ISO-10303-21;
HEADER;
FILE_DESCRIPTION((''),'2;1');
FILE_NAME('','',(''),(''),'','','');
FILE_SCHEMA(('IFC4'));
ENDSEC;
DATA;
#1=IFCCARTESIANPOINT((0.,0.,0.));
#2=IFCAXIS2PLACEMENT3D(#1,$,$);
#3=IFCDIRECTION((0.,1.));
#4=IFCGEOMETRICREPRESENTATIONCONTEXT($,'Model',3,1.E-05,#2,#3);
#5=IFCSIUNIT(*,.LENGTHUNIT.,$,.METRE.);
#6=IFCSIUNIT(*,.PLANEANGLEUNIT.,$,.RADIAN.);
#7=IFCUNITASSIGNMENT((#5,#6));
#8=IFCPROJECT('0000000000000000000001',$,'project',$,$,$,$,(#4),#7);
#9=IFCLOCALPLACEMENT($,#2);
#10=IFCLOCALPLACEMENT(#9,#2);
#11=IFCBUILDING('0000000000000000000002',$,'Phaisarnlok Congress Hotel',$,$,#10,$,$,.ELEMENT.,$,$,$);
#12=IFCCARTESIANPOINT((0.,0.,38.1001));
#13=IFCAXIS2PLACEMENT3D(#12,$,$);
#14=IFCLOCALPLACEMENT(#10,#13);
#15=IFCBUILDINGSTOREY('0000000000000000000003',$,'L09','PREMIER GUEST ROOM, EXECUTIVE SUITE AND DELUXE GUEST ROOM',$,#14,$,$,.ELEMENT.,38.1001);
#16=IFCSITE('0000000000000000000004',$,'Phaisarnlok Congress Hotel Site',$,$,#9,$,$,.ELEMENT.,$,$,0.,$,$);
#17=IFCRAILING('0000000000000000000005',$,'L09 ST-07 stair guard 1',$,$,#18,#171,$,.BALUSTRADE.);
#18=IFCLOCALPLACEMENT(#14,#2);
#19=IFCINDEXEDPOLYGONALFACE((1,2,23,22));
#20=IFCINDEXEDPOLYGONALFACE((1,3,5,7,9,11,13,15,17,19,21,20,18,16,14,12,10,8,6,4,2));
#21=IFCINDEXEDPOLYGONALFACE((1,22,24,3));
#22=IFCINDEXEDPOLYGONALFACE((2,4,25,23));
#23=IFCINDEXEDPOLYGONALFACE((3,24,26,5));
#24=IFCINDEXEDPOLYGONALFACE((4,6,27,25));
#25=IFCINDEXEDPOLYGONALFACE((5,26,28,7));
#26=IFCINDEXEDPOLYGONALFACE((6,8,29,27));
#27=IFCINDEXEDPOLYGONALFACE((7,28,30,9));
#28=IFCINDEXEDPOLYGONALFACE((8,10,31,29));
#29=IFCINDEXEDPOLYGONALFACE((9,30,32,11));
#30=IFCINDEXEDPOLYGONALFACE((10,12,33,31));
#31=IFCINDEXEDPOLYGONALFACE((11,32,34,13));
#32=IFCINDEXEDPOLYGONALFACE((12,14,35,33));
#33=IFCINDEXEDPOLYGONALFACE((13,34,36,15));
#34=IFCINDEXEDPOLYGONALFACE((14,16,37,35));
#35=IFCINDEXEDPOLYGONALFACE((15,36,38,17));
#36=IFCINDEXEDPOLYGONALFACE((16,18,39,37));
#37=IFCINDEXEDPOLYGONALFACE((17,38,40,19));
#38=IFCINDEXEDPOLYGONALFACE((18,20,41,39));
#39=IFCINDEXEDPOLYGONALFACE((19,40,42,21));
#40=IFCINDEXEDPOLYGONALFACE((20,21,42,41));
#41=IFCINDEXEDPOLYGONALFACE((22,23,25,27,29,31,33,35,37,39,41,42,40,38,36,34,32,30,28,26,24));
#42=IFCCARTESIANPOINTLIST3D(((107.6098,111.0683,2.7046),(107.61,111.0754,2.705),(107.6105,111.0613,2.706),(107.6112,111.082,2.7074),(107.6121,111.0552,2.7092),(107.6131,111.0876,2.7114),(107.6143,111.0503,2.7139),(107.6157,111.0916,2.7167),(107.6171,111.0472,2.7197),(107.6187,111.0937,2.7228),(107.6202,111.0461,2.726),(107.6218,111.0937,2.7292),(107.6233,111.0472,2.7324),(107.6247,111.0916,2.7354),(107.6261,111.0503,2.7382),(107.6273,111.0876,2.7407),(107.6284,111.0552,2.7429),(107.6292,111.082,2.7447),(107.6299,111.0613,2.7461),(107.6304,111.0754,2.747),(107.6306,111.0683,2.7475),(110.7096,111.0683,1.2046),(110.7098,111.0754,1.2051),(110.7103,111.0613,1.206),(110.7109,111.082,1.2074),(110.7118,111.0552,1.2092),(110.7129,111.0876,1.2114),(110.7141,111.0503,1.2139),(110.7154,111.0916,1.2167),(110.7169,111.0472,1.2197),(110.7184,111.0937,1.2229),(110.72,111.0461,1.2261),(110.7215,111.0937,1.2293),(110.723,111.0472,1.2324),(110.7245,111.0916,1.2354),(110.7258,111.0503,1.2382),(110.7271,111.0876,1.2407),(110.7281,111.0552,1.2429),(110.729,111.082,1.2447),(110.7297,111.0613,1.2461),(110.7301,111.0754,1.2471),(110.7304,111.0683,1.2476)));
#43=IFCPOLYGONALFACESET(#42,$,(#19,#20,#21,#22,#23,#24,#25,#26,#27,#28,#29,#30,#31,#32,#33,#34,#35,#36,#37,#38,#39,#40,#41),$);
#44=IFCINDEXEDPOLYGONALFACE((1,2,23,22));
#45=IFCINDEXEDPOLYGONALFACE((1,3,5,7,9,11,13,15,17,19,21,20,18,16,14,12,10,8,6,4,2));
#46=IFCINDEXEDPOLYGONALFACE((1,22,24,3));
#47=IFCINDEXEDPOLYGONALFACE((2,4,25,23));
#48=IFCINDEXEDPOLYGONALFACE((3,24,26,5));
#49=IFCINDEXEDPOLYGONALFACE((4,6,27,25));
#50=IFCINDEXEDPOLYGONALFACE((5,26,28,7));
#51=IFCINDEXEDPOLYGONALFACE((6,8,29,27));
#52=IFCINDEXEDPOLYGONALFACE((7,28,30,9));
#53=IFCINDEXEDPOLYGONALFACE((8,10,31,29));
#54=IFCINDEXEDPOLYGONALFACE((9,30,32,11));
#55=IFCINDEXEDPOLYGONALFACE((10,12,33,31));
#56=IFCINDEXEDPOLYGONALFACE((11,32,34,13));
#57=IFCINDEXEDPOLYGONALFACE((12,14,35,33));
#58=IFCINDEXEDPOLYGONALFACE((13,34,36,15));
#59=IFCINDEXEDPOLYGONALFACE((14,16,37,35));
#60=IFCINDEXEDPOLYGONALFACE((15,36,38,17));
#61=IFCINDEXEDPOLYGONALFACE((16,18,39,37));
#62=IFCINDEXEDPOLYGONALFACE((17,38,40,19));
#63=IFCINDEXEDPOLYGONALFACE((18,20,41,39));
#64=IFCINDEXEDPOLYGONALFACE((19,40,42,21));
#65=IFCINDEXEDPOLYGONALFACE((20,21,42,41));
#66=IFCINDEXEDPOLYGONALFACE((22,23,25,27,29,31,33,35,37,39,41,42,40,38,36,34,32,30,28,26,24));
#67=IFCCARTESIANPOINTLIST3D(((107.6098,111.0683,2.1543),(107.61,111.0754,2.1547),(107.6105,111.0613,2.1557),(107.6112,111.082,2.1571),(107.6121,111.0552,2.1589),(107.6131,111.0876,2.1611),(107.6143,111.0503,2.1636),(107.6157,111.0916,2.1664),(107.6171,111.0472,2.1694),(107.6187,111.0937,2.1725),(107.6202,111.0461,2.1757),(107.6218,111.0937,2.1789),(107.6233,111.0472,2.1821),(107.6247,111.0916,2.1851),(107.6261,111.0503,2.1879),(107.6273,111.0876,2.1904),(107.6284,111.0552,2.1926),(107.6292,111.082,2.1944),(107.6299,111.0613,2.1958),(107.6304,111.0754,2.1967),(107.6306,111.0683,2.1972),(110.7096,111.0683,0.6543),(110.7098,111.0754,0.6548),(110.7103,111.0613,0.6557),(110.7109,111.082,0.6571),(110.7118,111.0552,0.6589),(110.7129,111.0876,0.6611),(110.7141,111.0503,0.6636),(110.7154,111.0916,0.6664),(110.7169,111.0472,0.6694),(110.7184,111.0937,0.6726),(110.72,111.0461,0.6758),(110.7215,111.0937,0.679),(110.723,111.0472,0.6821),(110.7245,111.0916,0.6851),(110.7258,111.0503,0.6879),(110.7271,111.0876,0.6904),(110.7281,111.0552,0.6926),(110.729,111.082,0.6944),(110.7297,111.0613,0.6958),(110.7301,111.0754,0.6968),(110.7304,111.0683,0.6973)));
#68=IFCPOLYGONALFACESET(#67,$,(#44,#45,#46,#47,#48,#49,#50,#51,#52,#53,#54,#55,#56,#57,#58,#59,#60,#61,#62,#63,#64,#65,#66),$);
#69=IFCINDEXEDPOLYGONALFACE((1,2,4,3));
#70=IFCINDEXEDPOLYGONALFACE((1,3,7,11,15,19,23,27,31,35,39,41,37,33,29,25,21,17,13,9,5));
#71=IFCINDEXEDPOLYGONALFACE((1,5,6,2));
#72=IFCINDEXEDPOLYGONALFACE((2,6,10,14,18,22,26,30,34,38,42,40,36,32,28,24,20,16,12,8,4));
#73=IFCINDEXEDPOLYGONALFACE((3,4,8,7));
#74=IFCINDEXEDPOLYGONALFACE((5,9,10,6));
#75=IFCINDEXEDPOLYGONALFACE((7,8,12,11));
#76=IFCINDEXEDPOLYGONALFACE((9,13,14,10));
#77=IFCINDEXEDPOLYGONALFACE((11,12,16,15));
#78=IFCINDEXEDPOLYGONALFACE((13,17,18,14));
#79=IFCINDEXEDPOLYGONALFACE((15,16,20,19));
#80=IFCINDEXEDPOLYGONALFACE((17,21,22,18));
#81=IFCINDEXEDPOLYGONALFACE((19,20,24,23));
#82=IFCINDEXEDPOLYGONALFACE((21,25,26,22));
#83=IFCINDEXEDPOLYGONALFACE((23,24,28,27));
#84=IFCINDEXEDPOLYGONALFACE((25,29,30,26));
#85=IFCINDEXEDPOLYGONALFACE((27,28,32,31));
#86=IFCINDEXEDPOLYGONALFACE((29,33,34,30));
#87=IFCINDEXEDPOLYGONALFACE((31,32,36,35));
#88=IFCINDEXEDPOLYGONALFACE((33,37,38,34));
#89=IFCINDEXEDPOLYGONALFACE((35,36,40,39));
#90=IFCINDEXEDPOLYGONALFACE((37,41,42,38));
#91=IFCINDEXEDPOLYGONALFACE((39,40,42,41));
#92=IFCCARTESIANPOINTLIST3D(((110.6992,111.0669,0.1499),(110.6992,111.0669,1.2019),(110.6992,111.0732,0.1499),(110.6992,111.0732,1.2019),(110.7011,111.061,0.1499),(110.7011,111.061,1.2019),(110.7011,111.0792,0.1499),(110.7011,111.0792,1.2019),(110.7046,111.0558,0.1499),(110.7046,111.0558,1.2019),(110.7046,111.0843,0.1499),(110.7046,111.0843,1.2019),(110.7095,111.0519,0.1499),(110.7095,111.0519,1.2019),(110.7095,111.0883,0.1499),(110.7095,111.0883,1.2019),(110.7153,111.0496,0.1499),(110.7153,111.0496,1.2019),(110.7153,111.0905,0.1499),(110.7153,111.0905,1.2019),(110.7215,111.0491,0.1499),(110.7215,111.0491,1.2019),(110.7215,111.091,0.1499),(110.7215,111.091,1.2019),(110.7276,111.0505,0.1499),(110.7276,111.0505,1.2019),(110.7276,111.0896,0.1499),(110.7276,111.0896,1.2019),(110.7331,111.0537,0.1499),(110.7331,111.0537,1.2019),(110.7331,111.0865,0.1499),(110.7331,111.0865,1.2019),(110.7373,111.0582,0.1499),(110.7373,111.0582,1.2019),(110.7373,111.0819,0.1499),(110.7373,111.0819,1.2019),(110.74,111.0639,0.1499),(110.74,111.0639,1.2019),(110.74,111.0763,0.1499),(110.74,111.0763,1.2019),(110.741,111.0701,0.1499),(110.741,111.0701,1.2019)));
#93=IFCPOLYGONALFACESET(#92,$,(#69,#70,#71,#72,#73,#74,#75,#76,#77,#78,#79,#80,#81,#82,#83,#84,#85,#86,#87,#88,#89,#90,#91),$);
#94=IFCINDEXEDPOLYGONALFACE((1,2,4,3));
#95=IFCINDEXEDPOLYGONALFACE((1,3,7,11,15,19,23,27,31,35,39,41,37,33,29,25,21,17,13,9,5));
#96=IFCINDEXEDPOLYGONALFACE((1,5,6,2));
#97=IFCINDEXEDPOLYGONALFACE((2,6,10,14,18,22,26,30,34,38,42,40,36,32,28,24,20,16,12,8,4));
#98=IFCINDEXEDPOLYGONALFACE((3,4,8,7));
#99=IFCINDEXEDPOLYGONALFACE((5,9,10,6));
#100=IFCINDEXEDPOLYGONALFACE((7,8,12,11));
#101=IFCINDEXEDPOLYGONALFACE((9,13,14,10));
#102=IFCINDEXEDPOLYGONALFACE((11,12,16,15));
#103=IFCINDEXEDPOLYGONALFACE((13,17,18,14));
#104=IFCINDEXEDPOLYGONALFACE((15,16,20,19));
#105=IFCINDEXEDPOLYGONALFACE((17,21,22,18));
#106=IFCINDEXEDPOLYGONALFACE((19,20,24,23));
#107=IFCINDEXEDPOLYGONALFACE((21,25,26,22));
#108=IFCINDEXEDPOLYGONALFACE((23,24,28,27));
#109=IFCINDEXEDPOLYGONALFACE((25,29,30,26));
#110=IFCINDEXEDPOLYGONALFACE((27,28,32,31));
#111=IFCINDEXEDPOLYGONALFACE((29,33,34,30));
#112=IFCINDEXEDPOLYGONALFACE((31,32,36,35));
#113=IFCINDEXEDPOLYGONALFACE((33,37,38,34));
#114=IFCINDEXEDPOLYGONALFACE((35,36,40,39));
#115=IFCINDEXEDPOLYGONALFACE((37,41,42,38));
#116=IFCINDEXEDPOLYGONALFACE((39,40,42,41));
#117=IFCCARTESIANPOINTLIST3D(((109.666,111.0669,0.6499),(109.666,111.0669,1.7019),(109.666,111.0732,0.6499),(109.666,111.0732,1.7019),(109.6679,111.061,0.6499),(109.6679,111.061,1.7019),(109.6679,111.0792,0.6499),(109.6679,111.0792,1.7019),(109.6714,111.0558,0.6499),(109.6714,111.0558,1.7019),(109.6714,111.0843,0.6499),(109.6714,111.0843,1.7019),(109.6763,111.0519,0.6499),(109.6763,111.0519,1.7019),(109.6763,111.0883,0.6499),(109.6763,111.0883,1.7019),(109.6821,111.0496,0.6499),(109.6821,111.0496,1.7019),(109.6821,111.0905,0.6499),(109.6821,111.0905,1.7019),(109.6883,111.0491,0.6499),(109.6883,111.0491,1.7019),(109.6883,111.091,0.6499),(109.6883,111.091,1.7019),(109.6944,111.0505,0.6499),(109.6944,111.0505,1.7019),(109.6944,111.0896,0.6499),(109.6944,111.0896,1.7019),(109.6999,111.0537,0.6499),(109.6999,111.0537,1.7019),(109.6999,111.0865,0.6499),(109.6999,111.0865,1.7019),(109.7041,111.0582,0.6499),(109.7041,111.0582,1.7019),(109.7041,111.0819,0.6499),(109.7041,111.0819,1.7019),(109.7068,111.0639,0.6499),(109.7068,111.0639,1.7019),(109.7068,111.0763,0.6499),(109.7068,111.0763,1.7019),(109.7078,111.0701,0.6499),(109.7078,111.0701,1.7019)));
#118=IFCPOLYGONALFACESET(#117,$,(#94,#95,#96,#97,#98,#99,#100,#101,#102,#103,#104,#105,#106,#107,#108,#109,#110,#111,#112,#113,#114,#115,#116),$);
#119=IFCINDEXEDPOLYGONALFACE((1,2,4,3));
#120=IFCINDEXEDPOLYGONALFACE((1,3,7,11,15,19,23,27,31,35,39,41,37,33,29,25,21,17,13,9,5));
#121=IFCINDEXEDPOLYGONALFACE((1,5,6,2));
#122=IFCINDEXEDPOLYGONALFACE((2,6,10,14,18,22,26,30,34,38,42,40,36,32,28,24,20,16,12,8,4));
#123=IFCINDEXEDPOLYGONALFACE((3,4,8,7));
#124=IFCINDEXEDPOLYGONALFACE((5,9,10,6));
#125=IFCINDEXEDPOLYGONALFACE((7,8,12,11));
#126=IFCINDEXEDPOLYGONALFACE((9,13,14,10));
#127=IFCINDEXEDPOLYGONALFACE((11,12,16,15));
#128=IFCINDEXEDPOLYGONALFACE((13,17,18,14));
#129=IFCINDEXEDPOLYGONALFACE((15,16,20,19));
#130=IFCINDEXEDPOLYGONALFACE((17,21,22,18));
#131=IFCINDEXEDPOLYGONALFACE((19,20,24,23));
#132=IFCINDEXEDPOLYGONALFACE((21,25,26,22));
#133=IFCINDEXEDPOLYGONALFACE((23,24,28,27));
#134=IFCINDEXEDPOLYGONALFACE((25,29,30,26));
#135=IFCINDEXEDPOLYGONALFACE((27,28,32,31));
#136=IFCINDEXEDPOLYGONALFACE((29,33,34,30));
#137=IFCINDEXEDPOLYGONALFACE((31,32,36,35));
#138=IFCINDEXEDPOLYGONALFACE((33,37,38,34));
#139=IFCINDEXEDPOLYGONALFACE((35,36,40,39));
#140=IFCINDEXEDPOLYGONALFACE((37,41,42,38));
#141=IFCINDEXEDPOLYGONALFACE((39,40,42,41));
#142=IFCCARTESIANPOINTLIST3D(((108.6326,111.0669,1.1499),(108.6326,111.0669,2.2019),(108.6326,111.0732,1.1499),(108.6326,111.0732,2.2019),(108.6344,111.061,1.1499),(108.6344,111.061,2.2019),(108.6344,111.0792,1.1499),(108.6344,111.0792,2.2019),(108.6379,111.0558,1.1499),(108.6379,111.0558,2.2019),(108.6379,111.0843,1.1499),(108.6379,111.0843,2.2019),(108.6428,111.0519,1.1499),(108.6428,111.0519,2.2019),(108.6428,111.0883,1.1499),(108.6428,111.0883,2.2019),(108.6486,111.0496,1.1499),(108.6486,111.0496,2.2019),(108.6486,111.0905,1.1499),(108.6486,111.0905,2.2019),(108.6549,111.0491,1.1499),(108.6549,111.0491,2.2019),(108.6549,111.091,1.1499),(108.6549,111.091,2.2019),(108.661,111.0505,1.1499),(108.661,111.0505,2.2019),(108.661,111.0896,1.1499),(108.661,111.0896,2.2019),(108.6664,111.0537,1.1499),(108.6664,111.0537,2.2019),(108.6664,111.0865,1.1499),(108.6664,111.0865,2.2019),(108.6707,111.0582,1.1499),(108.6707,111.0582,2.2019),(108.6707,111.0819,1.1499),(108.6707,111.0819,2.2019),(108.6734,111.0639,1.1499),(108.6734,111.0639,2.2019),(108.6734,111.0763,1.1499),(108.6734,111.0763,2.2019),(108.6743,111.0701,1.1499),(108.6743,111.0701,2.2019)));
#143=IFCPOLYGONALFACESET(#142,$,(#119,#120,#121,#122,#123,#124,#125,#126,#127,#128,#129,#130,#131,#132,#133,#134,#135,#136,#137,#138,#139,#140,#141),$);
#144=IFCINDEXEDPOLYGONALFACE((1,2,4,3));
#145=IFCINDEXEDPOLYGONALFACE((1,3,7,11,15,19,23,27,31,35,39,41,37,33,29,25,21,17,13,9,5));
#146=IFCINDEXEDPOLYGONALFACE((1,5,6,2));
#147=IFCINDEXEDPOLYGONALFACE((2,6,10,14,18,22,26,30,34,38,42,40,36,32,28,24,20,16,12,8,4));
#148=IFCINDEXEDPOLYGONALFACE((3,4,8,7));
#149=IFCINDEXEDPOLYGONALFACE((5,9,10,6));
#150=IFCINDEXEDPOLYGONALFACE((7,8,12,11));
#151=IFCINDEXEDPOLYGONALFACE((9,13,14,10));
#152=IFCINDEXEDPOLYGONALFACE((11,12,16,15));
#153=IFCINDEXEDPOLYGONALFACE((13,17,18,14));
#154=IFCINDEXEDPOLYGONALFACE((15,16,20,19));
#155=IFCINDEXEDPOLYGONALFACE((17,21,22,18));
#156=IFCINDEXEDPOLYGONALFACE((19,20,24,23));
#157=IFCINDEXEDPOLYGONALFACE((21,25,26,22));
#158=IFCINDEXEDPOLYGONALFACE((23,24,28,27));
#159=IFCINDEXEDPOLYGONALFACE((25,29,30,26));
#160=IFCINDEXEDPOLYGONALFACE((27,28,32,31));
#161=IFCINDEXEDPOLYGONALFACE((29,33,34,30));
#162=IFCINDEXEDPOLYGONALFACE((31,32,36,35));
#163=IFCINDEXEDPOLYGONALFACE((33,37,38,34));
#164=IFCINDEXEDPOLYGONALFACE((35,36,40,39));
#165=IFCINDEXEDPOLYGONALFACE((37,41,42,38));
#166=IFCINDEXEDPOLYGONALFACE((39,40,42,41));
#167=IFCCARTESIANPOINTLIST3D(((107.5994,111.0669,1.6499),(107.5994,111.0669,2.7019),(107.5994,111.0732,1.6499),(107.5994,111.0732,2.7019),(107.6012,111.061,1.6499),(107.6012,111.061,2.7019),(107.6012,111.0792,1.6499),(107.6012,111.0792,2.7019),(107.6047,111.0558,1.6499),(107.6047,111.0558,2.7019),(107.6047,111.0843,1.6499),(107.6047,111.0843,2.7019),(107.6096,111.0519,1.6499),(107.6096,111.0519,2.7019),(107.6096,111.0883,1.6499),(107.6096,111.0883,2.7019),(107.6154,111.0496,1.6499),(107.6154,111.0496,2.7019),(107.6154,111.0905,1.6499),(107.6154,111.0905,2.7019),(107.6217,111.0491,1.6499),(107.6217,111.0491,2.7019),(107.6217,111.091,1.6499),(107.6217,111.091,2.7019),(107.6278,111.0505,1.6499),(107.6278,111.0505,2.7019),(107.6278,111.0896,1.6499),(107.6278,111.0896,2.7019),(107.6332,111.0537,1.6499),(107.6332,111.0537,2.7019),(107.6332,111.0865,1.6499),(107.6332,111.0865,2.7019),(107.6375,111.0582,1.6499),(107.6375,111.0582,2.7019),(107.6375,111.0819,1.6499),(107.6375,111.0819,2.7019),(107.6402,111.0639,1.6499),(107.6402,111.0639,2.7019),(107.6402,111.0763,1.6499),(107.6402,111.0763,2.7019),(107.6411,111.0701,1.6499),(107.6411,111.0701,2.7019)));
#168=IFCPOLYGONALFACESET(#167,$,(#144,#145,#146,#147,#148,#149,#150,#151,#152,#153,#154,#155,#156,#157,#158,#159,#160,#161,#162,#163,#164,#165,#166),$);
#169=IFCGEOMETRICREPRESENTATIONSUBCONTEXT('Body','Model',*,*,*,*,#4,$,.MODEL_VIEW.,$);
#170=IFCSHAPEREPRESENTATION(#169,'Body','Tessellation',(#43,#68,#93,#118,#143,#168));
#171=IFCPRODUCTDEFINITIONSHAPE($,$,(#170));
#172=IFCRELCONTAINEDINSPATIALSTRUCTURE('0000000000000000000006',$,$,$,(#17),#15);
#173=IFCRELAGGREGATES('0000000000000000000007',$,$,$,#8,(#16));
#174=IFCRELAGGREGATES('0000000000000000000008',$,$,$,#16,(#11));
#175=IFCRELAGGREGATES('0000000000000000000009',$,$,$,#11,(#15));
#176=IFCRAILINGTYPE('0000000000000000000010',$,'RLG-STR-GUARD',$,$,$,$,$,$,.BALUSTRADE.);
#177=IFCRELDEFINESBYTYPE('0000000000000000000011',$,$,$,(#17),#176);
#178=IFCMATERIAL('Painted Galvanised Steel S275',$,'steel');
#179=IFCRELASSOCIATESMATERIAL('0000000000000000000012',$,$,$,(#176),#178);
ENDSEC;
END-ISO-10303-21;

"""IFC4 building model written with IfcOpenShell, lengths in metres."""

from ifc_helpers import new_model, si_unit, direction, frame, origin, origin_2d, place, context, subcontext, project, spatial, circle, extrude, material, type_object, element, save


model = new_model("IFC4")

# Units and contexts
model_context = context("Model", 3, precision=1e-05, world=origin(), true_north=direction((0.0, 1.0)))
body_context = subcontext(model_context, "Body", "Model", "MODEL_VIEW")
ifc_project = project(units=[si_unit("LENGTHUNIT", "METRE"), si_unit("PLANEANGLEUNIT", "RADIAN")], contexts=[model_context])

# Site, building, storey
site_placement = place(None, origin())
site = spatial("IfcSite", under=ifc_project, at=site_placement, Name="Phaisarnlok Congress Hotel Site", CompositionType="ELEMENT", RefElevation=0.0)
building_placement = place(site_placement, origin())
building = spatial("IfcBuilding", under=site, at=building_placement, Name="Phaisarnlok Congress Hotel", CompositionType="ELEMENT")
storey_placement = place(building_placement, frame((0.0, 0.0, 38.1001)))
storey = spatial("IfcBuildingStorey", under=building, at=storey_placement, Name="L09", Description="PREMIER GUEST ROOM, EXECUTIVE SUITE AND DELUXE GUEST ROOM", CompositionType="ELEMENT", Elevation=38.1001)

# Railing
ifc_material_1 = material(Name="Painted Galvanised Steel S275", Category="steel")
railing_type_1 = type_object("IfcRailingType", Name="RLG-STR-GUARD", PredefinedType="BALUSTRADE", material=ifc_material_1)
railing_1_placement = place(storey_placement, frame((110.72, 111.0701, 0.1499)))
element("IfcRailing", 1, at=railing_1_placement, inside=storey, type_object=railing_type_1, Name="L09 ST-07 stair guard 1", PredefinedType="BALUSTRADE", context=body_context, shape_type="SweptSolid", body=[
    extrude(circle(Radius=0.0239, at=origin_2d()), frame((0.0, 0.0, 1.0762), z_axis=(-0.900151, 0.0, 0.435578), x_axis=(0.0, -1.0, 0.0)), (0.0, 0.0, 1.0), 3.4436),
    extrude(circle(Radius=0.0239, at=origin_2d()), frame((0.0, 0.0, 0.5259), z_axis=(-0.900151, 0.0, 0.435578), x_axis=(0.0, -1.0, 0.0)), (0.0, 0.0, 1.0), 3.4436),
    extrude(circle(Radius=0.021, at=origin_2d()), origin(), (0.0, 0.0, 1.0), 1.052),
    extrude(circle(Radius=0.021, at=origin_2d()), frame((-1.0332, 0.0, 0.5)), (0.0, 0.0, 1.0), 1.052),
    extrude(circle(Radius=0.021, at=origin_2d()), frame((-2.0667, 0.0, 1.0)), (0.0, 0.0, 1.0), 1.052),
    extrude(circle(Radius=0.021, at=origin_2d()), frame((-3.0999, 0.0, 1.5)), (0.0, 0.0, 1.0), 1.052),
])

save(model, "model.ifc")
